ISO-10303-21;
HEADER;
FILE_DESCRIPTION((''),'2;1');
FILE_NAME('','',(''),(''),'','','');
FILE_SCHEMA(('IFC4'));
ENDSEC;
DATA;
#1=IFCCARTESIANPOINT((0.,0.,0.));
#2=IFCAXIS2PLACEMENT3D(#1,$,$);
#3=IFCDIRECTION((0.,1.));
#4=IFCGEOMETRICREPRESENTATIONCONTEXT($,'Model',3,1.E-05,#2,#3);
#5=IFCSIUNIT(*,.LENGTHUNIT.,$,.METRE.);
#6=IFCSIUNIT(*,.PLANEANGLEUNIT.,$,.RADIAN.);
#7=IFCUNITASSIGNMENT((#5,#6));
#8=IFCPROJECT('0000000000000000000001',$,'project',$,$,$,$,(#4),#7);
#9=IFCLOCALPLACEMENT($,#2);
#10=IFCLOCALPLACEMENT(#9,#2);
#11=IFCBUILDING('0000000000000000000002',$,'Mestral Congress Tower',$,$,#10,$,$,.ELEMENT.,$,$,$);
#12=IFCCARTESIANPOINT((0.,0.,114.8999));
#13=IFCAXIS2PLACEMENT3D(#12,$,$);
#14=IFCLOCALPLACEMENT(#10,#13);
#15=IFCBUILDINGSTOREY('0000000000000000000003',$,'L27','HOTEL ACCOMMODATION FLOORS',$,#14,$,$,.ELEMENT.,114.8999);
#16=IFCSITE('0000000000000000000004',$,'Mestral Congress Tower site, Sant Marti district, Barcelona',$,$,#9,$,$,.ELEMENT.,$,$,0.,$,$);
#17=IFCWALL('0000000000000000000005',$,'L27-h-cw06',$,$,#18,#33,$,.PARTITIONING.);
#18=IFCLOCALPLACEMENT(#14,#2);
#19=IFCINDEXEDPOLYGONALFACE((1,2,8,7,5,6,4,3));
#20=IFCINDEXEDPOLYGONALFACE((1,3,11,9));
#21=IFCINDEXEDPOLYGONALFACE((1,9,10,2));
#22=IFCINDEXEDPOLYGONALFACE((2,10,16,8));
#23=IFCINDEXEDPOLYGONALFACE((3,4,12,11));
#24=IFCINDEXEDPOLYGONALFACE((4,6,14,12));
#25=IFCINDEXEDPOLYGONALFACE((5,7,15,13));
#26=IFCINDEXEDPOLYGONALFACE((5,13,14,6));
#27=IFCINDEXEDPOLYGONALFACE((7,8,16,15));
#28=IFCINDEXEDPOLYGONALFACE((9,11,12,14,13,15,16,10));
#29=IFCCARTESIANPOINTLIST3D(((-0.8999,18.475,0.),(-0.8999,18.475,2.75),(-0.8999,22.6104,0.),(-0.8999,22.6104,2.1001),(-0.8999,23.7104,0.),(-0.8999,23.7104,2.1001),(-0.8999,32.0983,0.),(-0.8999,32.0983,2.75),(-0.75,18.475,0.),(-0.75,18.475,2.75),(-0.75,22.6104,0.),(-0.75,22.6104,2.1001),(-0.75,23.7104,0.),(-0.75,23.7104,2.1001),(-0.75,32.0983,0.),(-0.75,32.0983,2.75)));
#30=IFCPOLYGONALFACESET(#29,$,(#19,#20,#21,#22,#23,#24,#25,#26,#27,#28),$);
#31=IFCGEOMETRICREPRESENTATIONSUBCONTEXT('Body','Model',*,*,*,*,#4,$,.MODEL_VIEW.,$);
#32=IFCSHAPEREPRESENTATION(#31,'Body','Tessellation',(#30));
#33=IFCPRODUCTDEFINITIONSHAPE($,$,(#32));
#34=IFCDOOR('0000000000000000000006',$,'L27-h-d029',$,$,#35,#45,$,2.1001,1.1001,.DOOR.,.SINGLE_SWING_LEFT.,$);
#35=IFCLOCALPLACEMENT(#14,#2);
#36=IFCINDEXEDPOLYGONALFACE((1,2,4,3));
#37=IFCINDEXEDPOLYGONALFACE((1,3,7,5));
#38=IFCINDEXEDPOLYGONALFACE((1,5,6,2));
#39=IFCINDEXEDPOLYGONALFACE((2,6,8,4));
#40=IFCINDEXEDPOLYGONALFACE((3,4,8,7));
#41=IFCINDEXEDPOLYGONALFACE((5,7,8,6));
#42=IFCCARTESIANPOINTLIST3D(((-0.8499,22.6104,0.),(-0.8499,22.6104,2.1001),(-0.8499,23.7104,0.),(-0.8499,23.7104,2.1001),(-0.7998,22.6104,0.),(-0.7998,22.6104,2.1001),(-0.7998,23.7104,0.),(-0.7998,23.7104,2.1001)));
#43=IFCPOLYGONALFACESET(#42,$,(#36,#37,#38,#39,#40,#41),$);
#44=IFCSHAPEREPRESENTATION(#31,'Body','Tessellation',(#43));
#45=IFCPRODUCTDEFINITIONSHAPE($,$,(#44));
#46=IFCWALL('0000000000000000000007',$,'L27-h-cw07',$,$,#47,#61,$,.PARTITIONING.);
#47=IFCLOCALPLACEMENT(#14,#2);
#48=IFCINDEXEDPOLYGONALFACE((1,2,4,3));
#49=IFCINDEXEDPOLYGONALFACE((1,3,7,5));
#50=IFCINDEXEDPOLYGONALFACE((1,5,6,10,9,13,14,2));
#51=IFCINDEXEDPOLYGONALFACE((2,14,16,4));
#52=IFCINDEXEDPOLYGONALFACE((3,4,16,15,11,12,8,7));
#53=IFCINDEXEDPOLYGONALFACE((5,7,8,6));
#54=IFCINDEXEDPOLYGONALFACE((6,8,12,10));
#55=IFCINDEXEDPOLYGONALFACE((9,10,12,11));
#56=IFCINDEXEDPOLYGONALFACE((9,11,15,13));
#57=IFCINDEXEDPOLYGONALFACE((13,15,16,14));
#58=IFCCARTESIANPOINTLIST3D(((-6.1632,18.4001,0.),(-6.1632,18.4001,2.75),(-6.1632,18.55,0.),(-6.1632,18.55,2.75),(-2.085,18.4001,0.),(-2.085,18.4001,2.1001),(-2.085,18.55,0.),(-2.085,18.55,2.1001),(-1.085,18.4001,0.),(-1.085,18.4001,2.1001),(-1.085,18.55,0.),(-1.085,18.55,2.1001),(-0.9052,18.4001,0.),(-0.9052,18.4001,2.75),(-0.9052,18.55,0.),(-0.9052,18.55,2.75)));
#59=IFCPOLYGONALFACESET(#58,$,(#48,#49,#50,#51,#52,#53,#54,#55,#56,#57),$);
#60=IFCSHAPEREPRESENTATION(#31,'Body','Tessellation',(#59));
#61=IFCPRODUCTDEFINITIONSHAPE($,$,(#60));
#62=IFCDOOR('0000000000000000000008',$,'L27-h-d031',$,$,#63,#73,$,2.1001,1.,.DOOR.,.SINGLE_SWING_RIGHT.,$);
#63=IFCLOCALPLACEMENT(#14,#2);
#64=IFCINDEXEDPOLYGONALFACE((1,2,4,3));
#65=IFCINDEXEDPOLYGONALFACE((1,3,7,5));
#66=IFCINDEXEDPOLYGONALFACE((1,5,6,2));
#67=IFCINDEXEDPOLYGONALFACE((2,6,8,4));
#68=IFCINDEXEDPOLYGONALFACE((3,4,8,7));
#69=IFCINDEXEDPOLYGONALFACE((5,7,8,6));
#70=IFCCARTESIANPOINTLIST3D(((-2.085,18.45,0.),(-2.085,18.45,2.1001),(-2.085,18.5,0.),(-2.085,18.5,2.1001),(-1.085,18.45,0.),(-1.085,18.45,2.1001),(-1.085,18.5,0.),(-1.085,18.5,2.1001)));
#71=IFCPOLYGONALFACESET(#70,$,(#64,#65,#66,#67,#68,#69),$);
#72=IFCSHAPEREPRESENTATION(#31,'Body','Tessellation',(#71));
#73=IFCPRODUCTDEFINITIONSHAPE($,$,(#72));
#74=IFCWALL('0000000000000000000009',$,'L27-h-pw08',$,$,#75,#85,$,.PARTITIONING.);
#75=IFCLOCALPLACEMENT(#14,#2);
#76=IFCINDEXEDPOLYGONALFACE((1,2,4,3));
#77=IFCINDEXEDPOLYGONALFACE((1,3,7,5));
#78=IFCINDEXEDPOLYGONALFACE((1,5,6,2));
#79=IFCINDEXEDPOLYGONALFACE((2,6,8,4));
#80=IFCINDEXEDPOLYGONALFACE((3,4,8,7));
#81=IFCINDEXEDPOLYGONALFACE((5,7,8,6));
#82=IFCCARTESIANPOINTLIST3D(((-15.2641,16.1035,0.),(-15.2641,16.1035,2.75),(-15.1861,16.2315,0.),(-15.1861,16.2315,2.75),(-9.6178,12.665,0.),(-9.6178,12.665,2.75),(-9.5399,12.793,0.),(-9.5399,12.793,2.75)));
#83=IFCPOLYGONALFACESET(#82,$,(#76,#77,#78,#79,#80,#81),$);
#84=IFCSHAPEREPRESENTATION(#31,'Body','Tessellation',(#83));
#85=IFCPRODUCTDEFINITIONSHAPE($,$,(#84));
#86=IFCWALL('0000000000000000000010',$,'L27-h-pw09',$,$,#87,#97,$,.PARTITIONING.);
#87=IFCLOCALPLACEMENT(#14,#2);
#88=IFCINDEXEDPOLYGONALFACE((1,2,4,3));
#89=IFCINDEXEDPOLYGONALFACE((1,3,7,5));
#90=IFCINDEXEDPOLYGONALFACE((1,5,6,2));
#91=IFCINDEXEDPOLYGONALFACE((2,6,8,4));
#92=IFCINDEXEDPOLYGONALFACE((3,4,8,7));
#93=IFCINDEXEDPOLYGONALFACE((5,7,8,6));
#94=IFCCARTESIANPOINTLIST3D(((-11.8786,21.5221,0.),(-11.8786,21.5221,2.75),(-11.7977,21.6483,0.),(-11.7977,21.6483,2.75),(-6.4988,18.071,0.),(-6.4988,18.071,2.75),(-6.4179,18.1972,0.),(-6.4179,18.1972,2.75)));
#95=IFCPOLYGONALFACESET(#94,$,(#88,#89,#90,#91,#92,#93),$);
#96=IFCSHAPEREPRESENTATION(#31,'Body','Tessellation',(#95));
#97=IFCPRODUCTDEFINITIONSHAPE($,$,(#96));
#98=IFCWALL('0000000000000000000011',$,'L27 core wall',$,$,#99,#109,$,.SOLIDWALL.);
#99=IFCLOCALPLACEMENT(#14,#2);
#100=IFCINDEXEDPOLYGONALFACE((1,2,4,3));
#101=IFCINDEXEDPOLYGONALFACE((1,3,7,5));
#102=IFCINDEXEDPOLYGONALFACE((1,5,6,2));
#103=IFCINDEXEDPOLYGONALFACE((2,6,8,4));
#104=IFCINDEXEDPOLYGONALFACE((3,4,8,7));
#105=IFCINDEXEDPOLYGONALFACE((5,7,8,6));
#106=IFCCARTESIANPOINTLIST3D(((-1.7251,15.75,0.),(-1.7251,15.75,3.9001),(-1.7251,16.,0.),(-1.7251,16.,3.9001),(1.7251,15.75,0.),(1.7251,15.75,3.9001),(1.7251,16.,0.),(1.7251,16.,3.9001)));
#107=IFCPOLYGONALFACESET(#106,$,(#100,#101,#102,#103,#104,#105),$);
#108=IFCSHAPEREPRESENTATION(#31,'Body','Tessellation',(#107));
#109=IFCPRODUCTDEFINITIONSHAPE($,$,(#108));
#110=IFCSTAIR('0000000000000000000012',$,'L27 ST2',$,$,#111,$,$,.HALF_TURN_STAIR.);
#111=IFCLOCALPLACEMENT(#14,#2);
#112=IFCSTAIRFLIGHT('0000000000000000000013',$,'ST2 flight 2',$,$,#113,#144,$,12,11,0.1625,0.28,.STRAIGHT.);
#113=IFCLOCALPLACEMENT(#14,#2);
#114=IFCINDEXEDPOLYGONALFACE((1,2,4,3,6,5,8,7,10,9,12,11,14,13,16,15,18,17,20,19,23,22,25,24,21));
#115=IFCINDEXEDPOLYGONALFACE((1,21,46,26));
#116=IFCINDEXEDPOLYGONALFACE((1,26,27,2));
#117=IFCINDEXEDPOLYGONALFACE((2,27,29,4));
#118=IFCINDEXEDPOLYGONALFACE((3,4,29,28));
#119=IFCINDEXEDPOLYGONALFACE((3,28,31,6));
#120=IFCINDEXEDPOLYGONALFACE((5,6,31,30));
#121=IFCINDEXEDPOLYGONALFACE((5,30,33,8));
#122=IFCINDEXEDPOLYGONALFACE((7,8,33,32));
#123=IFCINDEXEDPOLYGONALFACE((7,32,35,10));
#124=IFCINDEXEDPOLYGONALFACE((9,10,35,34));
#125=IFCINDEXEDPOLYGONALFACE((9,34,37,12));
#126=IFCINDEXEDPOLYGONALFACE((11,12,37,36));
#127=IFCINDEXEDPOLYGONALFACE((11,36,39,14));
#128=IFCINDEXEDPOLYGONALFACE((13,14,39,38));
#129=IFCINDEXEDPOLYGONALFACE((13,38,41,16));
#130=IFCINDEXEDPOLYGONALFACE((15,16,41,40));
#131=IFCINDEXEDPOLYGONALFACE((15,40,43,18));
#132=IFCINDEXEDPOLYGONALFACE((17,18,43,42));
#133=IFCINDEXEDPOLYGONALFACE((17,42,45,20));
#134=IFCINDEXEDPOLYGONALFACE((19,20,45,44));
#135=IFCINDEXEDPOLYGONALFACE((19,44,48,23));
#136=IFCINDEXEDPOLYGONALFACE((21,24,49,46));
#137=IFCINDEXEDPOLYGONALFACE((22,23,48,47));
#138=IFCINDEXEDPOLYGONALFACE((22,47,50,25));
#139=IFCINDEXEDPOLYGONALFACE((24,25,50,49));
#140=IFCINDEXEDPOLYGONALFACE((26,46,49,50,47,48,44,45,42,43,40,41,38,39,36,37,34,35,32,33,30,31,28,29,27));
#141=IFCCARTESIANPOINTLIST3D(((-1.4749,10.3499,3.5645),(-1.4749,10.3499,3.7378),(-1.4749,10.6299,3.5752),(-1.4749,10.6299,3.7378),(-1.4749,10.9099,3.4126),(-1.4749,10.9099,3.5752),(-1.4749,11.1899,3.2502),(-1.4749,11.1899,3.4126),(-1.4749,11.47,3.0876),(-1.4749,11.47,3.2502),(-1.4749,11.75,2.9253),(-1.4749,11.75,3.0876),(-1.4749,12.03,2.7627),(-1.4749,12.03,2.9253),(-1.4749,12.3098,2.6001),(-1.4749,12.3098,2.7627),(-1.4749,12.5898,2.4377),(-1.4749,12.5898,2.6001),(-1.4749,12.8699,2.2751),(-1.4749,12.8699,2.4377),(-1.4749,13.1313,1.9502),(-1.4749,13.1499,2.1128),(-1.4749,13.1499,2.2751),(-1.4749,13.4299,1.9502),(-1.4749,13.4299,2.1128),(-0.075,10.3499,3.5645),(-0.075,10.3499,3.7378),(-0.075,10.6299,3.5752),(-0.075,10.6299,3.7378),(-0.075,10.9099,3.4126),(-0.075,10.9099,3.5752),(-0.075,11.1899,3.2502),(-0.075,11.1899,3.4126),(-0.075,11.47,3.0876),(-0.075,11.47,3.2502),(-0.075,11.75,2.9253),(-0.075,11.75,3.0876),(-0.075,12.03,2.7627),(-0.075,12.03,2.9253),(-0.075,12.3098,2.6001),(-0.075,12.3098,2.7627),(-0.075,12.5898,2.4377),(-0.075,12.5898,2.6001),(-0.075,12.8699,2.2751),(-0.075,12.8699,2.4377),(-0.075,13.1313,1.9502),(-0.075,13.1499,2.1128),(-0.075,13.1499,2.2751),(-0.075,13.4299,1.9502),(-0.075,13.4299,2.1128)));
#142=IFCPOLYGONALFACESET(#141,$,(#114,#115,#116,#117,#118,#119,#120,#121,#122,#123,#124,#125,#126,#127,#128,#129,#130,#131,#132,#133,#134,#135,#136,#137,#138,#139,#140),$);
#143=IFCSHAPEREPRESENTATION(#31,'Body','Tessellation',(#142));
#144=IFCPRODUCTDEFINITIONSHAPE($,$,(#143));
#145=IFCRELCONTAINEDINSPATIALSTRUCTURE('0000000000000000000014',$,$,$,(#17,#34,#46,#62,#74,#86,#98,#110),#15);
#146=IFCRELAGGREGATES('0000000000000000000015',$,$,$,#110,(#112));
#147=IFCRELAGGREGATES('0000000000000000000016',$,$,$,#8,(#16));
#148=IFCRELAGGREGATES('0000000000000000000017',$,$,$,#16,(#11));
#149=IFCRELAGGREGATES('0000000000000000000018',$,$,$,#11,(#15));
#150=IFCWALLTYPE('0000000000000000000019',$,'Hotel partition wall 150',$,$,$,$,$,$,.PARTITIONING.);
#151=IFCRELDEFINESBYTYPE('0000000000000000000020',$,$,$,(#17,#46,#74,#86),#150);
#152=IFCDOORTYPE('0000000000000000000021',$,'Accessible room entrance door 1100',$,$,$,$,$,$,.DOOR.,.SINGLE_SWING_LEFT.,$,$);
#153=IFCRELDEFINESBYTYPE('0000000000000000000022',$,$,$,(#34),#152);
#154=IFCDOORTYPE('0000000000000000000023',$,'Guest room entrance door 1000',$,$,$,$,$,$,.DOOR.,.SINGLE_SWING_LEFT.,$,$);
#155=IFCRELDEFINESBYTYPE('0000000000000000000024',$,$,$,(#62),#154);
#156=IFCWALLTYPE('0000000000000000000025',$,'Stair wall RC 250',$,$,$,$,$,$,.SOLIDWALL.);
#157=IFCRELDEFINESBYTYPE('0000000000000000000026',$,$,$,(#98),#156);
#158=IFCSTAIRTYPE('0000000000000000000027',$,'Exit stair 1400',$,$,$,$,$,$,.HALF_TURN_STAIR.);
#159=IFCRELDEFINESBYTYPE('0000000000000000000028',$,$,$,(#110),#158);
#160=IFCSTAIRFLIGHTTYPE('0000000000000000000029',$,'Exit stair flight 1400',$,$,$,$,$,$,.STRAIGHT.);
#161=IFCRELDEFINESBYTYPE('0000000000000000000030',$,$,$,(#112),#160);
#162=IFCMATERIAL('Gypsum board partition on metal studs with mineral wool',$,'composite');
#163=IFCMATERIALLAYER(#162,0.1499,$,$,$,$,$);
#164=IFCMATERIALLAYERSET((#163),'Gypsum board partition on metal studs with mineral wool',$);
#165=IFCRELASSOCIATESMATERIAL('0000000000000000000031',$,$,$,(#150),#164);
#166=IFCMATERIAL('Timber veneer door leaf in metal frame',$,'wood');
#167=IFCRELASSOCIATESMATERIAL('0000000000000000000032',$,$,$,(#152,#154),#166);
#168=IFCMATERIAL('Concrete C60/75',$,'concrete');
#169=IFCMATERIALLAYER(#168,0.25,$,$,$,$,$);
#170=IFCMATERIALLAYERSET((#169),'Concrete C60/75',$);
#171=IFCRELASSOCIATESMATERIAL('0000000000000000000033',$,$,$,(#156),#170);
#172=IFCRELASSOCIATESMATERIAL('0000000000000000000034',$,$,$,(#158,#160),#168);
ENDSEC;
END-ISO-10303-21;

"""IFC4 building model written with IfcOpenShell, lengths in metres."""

from ifc_helpers import new_model, si_unit, direction, frame, frame_2d, origin, place, context, subcontext, project, spatial, polyline, rectangle, outline, extrude, material, layer, layer_set, type_object, element, fill, aggregate, save


model = new_model("IFC4")

# Units and contexts
model_context = context("Model", 3, precision=1e-05, world=origin(), true_north=direction((0.0, 1.0)))
body_context = subcontext(model_context, "Body", "Model", "MODEL_VIEW")
ifc_project = project(units=[si_unit("LENGTHUNIT", "METRE"), si_unit("PLANEANGLEUNIT", "RADIAN")], contexts=[model_context])

# Site, building, storey
site_placement = place(None, origin())
site = spatial("IfcSite", under=ifc_project, at=site_placement, Name="Mestral Congress Tower site, Sant Marti district, Barcelona", CompositionType="ELEMENT", RefElevation=0.0)
building_placement = place(site_placement, origin())
building = spatial("IfcBuilding", under=site, at=building_placement, Name="Mestral Congress Tower", CompositionType="ELEMENT")
storey_placement = place(building_placement, frame((0.0, 0.0, 114.8999)))
storey = spatial("IfcBuildingStorey", under=building, at=storey_placement, Name="L27", Description="HOTEL ACCOMMODATION FLOORS", CompositionType="ELEMENT", Elevation=114.8999)

# Shared definitions
ifc_material_1 = material(Name="Concrete C60/75", Category="concrete")

# Shared definitions
ifc_material_2 = material(Name="Gypsum board partition on metal studs with mineral wool", Category="composite")

# Walls, openings, doors
ifc_layer_1 = layer(ifc_material_2, 0.1499)
ifc_layer_set_1 = layer_set([ifc_layer_1], Name="Gypsum board partition on metal studs with mineral wool")
wall_type_1 = type_object("IfcWallType", Name="Hotel partition wall 150", PredefinedType="PARTITIONING", material=ifc_layer_set_1)
wall_1_placement = place(storey_placement, frame((-0.825, 18.4751, 0.0), z_axis=(0.0, 0.0, 1.0), x_axis=(0.0, 1.0, 0.0)))
wall_1 = element("IfcWall", 1, at=wall_1_placement, inside=storey, type_object=wall_type_1, Name="L27-h-cw06", PredefinedType="PARTITIONING", context=body_context, shape_type="SweptSolid", body=[
    extrude(rectangle(XDim=13.6233, YDim=0.1499, at=frame_2d((6.8115, 0.0))), origin(), (0.0, 0.0, 1.0), 2.75),
])
opening_1_placement = place(wall_1_placement, frame((4.1353, 0.0, 0.0)))
opening_1 = element("IfcOpeningElement", 2, at=opening_1_placement, cuts=wall_1, PredefinedType="OPENING", context=body_context, shape_type="SweptSolid", body=[
    extrude(rectangle(XDim=1.1001, YDim=2.1001, at=frame_2d((0.55, 1.05))), frame((0.0, 0.085, 0.0), z_axis=(0.0, -1.0, 0.0), x_axis=(1.0, 0.0, 0.0)), (0.0, 0.0, 1.0), 0.1699),
])
ifc_material_3 = material(Name="Timber veneer door leaf in metal frame", Category="wood")
door_type_1 = type_object("IfcDoorType", Name="Accessible room entrance door 1100", OperationType="SINGLE_SWING_LEFT", PredefinedType="DOOR", material=ifc_material_3)
door_1_placement = place(opening_1_placement, origin())
door_1 = element("IfcDoor", 3, at=door_1_placement, inside=storey, type_object=door_type_1, Name="L27-h-d029", OperationType="SINGLE_SWING_LEFT", OverallHeight=2.1001, OverallWidth=1.1001, PredefinedType="DOOR", context=body_context, shape_type="SweptSolid", body=[
    extrude(rectangle(XDim=1.1001, YDim=2.1001, at=frame_2d((0.55, 1.05))), frame((0.0, 0.0249, 0.0), z_axis=(0.0, -1.0, 0.0), x_axis=(1.0, 0.0, 0.0)), (0.0, 0.0, 1.0), 0.05),
])
fill(opening_1, door_1)
wall_2_placement = place(storey_placement, frame((-6.1631, 18.4751, 0.0), z_axis=(0.0, 0.0, 1.0), x_axis=(1.0, 0.0, 0.0)))
wall_2 = element("IfcWall", 4, at=wall_2_placement, inside=storey, type_object=wall_type_1, Name="L27-h-cw07", PredefinedType="PARTITIONING", context=body_context, shape_type="SweptSolid", body=[
    extrude(rectangle(XDim=5.2581, YDim=0.1499, at=frame_2d((2.6289, 0.0))), origin(), (0.0, 0.0, 1.0), 2.75),
])
opening_2_placement = place(wall_2_placement, frame((4.0781, 0.0, 0.0)))
opening_2 = element("IfcOpeningElement", 5, at=opening_2_placement, cuts=wall_2, PredefinedType="OPENING", context=body_context, shape_type="SweptSolid", body=[
    extrude(rectangle(XDim=1.0, YDim=2.1001, at=frame_2d((0.5, 1.05))), frame((0.0, 0.085, 0.0), z_axis=(0.0, -1.0, 0.0), x_axis=(1.0, 0.0, 0.0)), (0.0, 0.0, 1.0), 0.1699),
])
door_type_2 = type_object("IfcDoorType", Name="Guest room entrance door 1000", OperationType="SINGLE_SWING_LEFT", PredefinedType="DOOR", material=ifc_material_3)
door_2_placement = place(opening_2_placement, origin())
door_2 = element("IfcDoor", 6, at=door_2_placement, inside=storey, type_object=door_type_2, Name="L27-h-d031", OperationType="SINGLE_SWING_RIGHT", OverallHeight=2.1001, OverallWidth=1.0, PredefinedType="DOOR", context=body_context, shape_type="SweptSolid", body=[
    extrude(rectangle(XDim=1.0, YDim=2.1001, at=frame_2d((0.5, 1.05))), frame((0.0, 0.0249, 0.0), z_axis=(0.0, -1.0, 0.0), x_axis=(1.0, 0.0, 0.0)), (0.0, 0.0, 1.0), 0.05),
])
fill(opening_2, door_2)

# Walls
wall_3_placement = place(storey_placement, frame((-15.2251, 16.1675, 0.0), z_axis=(0.0, 0.0, 1.0), x_axis=(0.854089, -0.520127, 0.0)))
element("IfcWall", 7, at=wall_3_placement, inside=storey, type_object=wall_type_1, Name="L27-h-pw08", PredefinedType="PARTITIONING", context=body_context, shape_type="SweptSolid", body=[
    extrude(rectangle(XDim=6.6108, YDim=0.1499, at=frame_2d((3.3054, 0.0))), origin(), (0.0, 0.0, 1.0), 2.75),
])
wall_4_placement = place(storey_placement, frame((-11.8381, 21.5852, 0.0), z_axis=(0.0, 0.0, 1.0), x_axis=(0.841699, -0.539947, 0.0)))
element("IfcWall", 8, at=wall_4_placement, inside=storey, type_object=wall_type_1, Name="L27-h-pw09", PredefinedType="PARTITIONING", context=body_context, shape_type="SweptSolid", body=[
    extrude(rectangle(XDim=6.3916, YDim=0.1499, at=frame_2d((3.1958, 0.0))), origin(), (0.0, 0.0, 1.0), 2.75),
])
ifc_layer_2 = layer(ifc_material_1, 0.25)
ifc_layer_set_2 = layer_set([ifc_layer_2], Name="Concrete C60/75")
wall_type_2 = type_object("IfcWallType", Name="Stair wall RC 250", PredefinedType="SOLIDWALL", material=ifc_layer_set_2)
wall_5_placement = place(storey_placement, frame((-1.7251, 15.875, 0.0), z_axis=(0.0, 0.0, 1.0), x_axis=(1.0, 0.0, 0.0)))
element("IfcWall", 9, at=wall_5_placement, inside=storey, type_object=wall_type_2, Name="L27 core wall", PredefinedType="SOLIDWALL", context=body_context, shape_type="SweptSolid", body=[
    extrude(rectangle(XDim=3.4502, YDim=0.25, at=frame_2d((1.7251, 0.0))), origin(), (0.0, 0.0, 1.0), 3.9001),
])

# Stair, stair flight
stair_type = type_object("IfcStairType", Name="Exit stair 1400", PredefinedType="HALF_TURN_STAIR", material=ifc_material_1)
stair_placement = place(storey_placement, origin())
stair = element("IfcStair", 10, at=stair_placement, inside=storey, type_object=stair_type, Name="L27 ST2", PredefinedType="HALF_TURN_STAIR")
stair_flight_type = type_object("IfcStairFlightType", Name="Exit stair flight 1400", PredefinedType="STRAIGHT", material=ifc_material_1)
stair_flight_placement = place(storey_placement, frame((-0.7749, 13.4299, 1.9502), z_axis=(0.0, 0.0, 1.0), x_axis=(0.0, -1.0, 0.0)))
stair_flight = element("IfcStairFlight", 11, at=stair_flight_placement, type_object=stair_flight_type, Name="ST2 flight 2", NumberOfRisers=12, NumberOfTreads=11, PredefinedType="STRAIGHT", RiserHeight=0.1625, TreadLength=0.28, context=body_context, shape_type="SweptSolid", body=[
    extrude(outline(polyline([(0.0, 0.0), (0.0, 0.1626), (0.28, 0.1626), (0.28, 0.325), (0.5601, 0.325), (0.5601, 0.4875), (0.8401, 0.4875), (0.8401, 0.6499), (1.1201, 0.6499), (1.1201, 0.8125), (1.3999, 0.8125), (1.3999, 0.9751), (1.6799, 0.9751), (1.6799, 1.1375), (1.96, 1.1375), (1.96, 1.3), (2.24, 1.3), (2.24, 1.4624), (2.52, 1.4624), (2.52, 1.625), (2.8, 1.625), (2.8, 1.7876), (3.0801, 1.7876), (3.0801, 1.95), (3.0801, 1.6143), (0.2986, 0.0), (0.0, 0.0)])), frame((0.0, 0.7, 0.0), z_axis=(0.0, -1.0, 0.0), x_axis=(1.0, 0.0, 0.0)), (0.0, 0.0, 1.0), 1.3999),
])
aggregate(stair, [stair_flight])

save(model, "model.ifc")
